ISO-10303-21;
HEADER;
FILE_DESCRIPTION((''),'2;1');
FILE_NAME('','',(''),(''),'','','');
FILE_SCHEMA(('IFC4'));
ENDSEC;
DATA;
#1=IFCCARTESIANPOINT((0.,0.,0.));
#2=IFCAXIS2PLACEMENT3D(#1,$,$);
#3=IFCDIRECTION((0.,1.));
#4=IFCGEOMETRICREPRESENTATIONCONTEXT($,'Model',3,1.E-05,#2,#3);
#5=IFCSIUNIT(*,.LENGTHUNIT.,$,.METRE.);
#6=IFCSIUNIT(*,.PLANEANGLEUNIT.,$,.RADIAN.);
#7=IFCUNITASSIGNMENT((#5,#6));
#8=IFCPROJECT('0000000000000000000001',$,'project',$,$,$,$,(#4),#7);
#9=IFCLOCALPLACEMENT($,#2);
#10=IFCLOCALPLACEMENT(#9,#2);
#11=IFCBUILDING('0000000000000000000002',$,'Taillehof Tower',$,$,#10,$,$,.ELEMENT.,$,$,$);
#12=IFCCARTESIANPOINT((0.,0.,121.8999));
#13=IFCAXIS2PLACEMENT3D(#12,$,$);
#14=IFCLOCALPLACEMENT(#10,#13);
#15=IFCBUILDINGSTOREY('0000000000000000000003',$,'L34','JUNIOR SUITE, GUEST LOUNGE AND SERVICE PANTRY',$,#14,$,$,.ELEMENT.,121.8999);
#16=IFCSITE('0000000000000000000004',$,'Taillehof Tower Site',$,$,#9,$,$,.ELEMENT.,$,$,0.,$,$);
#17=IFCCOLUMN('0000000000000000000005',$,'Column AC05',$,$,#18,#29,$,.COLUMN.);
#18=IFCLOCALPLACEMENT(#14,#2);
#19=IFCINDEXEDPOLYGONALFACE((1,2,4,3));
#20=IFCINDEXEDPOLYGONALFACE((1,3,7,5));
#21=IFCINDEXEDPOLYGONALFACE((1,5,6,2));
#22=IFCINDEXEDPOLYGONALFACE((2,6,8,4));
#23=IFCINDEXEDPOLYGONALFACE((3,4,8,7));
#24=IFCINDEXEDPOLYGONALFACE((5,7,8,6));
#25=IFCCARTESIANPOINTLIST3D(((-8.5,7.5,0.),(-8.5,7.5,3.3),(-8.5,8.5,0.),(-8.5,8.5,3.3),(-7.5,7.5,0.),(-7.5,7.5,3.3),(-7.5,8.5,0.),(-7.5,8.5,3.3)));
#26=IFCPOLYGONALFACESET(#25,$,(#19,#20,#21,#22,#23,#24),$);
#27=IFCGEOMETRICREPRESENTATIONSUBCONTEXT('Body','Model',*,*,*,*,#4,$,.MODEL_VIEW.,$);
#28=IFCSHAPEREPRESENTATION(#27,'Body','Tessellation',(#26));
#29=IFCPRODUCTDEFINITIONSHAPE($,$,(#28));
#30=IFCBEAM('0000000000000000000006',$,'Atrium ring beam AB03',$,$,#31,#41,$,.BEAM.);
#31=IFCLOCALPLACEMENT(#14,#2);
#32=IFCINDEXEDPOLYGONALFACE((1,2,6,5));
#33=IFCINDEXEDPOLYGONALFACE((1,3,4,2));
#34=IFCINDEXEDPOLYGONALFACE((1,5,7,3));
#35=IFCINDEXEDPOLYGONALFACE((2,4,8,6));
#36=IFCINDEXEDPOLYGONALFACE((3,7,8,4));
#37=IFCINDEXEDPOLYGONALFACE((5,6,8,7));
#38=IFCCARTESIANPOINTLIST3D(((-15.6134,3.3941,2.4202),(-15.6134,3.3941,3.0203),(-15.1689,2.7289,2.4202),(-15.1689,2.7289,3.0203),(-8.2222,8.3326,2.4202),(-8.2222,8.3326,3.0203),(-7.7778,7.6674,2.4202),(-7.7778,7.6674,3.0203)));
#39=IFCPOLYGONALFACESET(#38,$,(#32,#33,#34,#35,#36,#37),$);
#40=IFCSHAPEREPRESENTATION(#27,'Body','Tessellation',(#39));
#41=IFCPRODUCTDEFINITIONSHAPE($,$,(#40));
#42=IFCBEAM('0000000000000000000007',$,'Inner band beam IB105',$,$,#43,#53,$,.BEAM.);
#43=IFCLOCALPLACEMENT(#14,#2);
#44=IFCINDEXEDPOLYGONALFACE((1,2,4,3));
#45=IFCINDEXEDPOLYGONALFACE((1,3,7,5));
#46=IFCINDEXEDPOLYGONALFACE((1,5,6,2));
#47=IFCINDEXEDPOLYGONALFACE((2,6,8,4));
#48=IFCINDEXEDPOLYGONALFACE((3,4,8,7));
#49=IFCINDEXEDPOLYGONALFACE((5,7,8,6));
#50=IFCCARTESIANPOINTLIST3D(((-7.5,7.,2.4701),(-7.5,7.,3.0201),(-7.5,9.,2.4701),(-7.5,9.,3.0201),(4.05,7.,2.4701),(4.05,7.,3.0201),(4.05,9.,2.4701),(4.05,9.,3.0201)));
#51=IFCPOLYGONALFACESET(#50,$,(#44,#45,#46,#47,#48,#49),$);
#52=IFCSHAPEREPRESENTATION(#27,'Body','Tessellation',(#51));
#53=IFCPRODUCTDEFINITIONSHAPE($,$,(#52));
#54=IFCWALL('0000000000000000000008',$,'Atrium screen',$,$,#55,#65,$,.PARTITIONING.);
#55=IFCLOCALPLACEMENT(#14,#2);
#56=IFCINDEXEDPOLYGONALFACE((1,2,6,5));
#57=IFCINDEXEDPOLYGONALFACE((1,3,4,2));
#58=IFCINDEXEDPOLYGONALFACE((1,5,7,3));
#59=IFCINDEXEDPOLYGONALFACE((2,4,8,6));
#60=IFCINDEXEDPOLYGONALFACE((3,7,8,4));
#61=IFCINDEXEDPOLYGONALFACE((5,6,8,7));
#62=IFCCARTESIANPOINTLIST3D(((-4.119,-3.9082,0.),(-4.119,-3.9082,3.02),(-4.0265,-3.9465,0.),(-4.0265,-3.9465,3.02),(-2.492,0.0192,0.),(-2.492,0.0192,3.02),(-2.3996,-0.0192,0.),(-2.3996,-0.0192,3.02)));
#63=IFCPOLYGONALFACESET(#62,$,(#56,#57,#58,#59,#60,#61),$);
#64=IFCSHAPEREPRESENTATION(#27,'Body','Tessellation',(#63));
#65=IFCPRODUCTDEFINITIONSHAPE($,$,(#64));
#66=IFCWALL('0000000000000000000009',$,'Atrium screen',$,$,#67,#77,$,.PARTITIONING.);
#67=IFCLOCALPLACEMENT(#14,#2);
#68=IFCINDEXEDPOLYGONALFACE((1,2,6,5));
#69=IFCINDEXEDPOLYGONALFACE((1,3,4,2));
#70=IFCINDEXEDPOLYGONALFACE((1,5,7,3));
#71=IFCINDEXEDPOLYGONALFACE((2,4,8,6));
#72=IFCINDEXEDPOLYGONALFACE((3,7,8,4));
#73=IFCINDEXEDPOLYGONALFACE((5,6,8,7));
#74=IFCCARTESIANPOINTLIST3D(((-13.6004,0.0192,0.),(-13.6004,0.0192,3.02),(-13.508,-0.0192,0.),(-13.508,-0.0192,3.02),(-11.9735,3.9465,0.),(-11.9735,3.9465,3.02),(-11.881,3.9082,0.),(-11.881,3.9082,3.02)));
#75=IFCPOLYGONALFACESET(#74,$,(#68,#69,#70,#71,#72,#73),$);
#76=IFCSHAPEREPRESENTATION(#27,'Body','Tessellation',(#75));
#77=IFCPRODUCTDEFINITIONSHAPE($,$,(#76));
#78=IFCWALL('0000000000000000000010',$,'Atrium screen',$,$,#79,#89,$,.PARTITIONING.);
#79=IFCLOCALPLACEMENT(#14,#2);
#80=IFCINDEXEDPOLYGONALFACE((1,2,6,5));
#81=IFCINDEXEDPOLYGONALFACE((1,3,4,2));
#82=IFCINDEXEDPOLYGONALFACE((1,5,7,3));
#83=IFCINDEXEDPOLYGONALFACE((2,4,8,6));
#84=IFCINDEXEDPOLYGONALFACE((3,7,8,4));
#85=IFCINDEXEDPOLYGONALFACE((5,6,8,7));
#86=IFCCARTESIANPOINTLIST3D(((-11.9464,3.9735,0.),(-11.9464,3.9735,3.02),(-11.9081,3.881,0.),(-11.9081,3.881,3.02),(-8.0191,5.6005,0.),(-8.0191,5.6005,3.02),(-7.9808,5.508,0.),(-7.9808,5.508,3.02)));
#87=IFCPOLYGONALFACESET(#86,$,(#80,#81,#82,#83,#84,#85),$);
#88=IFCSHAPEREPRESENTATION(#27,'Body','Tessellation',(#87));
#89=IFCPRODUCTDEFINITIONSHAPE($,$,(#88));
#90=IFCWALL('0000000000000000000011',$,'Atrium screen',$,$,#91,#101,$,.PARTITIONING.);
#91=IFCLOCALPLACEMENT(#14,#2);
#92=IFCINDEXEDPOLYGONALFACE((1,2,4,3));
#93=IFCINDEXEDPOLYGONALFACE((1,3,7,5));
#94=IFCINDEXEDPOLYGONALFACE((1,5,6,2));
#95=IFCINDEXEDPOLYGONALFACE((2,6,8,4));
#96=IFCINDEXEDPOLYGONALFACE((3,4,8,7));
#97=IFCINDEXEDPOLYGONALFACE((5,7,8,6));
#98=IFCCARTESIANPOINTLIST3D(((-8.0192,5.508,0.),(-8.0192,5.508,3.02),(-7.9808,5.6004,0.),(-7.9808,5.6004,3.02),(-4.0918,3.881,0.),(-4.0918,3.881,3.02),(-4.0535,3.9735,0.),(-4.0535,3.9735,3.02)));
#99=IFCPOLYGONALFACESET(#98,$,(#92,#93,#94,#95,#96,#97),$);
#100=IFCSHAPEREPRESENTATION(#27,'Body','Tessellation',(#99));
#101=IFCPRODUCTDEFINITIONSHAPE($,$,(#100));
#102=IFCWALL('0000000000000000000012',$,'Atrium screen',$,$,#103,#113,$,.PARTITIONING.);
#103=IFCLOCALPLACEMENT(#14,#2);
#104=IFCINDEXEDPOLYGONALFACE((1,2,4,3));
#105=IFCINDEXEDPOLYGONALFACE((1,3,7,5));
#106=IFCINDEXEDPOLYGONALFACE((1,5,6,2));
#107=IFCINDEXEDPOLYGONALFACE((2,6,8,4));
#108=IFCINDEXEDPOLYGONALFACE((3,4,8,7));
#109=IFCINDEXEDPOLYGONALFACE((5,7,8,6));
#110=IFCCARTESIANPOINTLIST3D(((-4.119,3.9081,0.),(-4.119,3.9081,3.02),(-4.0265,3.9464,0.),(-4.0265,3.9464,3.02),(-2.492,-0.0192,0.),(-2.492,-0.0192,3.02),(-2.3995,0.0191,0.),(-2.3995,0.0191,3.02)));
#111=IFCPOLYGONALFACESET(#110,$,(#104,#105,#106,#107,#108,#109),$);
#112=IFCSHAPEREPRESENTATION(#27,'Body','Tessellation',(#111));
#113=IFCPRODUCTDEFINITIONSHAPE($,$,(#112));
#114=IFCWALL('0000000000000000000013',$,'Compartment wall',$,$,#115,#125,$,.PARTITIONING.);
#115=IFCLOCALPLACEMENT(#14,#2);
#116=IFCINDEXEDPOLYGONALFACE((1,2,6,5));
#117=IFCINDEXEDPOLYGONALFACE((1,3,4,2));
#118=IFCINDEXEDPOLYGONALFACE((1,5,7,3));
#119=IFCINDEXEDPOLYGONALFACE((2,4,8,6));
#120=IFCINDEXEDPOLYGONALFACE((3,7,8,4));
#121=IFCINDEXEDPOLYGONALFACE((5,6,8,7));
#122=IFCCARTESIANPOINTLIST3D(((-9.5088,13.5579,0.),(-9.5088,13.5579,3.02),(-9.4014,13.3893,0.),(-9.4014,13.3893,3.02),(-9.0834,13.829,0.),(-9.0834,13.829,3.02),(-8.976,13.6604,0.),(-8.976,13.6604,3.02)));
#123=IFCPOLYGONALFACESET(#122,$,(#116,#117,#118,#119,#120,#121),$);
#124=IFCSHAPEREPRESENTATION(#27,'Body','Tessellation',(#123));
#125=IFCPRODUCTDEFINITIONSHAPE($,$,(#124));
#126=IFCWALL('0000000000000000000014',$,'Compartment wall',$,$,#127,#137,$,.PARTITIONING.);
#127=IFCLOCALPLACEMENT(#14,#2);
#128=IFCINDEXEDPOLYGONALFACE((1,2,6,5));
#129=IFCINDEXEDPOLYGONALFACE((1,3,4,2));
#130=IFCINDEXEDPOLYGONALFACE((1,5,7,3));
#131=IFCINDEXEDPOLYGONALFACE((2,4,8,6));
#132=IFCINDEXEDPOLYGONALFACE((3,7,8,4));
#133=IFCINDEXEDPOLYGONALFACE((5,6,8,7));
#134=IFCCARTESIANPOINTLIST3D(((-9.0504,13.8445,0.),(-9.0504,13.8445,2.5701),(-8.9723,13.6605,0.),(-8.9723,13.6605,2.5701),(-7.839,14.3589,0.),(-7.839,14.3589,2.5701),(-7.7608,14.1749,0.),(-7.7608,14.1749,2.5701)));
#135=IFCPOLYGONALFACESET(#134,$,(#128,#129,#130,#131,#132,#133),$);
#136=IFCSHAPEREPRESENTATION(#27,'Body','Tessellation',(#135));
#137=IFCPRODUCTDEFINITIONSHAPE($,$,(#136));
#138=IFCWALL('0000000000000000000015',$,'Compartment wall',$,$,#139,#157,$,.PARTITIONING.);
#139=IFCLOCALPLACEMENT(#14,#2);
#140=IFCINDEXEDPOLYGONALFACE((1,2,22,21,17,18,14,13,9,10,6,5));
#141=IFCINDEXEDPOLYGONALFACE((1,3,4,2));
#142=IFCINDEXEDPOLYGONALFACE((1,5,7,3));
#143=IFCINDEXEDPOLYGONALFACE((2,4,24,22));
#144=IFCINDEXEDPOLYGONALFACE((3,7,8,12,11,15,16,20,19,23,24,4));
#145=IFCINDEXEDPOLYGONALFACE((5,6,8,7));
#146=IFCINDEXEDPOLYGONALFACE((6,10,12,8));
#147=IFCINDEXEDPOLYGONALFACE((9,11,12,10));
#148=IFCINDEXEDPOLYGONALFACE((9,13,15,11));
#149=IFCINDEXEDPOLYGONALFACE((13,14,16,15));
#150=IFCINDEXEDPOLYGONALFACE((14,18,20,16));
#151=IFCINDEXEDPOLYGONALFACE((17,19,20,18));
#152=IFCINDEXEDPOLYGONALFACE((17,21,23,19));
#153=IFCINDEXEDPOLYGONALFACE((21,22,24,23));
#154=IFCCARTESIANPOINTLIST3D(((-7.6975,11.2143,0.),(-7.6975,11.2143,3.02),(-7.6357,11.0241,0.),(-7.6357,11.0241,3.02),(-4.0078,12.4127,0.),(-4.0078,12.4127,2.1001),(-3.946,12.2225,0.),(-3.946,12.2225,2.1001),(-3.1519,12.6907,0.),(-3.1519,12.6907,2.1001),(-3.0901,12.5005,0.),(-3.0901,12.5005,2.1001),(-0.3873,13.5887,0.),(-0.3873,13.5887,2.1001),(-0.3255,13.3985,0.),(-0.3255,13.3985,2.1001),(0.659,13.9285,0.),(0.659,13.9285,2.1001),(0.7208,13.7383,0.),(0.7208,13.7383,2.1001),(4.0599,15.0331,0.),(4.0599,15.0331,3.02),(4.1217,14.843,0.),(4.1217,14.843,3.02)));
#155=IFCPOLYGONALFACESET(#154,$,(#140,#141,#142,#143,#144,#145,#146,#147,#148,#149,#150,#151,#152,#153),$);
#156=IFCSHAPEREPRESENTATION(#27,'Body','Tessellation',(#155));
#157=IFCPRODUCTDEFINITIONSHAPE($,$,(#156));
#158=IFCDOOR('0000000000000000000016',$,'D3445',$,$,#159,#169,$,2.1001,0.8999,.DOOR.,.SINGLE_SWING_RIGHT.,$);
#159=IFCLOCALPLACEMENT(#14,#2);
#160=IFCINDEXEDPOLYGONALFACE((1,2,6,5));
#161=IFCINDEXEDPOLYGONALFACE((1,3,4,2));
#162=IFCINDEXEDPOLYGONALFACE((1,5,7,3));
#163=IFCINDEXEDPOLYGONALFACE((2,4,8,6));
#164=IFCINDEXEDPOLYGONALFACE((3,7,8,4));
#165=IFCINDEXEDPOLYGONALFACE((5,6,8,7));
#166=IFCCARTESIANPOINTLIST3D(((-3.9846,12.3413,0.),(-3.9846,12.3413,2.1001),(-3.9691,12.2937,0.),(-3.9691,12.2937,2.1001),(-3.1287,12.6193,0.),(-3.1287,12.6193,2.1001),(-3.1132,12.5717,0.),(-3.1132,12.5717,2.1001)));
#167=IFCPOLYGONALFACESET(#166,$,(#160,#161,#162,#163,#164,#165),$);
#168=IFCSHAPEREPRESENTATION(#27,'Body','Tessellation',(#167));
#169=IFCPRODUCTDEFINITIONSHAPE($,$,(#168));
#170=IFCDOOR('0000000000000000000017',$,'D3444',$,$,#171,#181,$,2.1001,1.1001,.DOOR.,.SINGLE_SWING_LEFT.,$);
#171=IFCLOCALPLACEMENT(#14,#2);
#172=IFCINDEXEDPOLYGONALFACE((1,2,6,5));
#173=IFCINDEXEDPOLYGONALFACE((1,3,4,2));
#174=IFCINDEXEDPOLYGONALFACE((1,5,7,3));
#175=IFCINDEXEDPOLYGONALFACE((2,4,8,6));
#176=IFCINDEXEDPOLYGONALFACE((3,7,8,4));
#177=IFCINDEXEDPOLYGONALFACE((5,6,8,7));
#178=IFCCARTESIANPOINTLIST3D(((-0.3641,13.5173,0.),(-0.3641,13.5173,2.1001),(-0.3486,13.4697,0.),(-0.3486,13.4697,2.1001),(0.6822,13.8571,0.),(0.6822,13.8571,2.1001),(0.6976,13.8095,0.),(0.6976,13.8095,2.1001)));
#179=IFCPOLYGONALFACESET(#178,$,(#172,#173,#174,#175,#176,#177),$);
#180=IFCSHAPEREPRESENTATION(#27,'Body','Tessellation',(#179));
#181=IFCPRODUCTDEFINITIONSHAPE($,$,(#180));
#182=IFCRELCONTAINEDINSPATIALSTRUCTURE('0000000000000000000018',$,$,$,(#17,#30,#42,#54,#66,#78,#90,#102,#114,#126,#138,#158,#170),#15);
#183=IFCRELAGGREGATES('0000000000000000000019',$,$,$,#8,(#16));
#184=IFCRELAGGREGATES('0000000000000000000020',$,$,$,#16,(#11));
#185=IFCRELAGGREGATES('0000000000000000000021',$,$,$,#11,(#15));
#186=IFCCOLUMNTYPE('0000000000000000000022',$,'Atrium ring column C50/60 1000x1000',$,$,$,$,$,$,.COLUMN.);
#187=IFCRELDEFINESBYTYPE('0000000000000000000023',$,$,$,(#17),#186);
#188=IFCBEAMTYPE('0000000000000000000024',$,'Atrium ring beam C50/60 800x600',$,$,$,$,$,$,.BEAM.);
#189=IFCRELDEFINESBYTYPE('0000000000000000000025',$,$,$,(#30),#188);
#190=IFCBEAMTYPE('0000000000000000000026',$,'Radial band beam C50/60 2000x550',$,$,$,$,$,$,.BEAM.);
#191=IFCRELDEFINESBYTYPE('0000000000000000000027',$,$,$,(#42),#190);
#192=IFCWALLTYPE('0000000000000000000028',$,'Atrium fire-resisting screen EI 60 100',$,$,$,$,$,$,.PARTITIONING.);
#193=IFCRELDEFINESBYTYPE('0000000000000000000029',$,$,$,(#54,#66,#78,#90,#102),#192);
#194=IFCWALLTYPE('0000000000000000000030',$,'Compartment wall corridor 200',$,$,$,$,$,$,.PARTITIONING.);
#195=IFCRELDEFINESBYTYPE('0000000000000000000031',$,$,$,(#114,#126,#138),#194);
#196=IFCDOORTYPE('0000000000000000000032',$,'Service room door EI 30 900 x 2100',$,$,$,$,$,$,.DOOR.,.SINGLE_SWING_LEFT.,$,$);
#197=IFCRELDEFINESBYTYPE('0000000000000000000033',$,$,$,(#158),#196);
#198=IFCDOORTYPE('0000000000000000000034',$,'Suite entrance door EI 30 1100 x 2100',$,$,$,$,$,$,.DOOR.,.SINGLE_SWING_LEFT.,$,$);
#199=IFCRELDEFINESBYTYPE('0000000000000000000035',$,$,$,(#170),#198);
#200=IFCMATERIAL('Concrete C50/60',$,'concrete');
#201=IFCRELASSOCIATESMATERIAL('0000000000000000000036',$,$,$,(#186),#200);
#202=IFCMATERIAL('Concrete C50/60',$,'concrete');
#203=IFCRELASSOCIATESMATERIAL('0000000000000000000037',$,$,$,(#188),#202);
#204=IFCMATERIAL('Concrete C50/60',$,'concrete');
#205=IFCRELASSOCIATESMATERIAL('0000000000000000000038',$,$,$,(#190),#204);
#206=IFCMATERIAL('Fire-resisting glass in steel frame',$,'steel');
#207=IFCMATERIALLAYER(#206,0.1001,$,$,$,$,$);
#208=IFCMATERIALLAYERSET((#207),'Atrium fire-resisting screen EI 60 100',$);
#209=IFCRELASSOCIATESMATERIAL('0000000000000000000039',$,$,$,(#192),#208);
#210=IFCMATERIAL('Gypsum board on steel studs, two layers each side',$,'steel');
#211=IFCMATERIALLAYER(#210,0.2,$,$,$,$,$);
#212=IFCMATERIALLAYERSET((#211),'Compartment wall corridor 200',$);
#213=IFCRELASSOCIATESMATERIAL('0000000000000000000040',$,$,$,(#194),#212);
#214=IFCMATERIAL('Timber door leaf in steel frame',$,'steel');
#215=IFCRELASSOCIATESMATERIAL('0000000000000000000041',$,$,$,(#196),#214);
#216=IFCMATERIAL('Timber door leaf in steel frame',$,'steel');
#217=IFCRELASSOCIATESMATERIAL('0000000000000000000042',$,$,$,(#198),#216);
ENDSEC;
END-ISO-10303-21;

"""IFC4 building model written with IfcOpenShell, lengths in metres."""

from ifc_helpers import new_model, si_unit, direction, frame, frame_2d, origin, origin_2d, place, context, subcontext, project, spatial, rectangle, extrude, material, layer, layer_set, material_profile, profile_set, type_object, element, fill, save


model = new_model("IFC4")

# Units and contexts
model_context = context("Model", 3, precision=1e-05, world=origin(), true_north=direction((0.0, 1.0)))
body_context = subcontext(model_context, "Body", "Model", "MODEL_VIEW")
ifc_project = project(units=[si_unit("LENGTHUNIT", "METRE"), si_unit("PLANEANGLEUNIT", "RADIAN")], contexts=[model_context])

# Site, building, storey
site_placement = place(None, origin())
site = spatial("IfcSite", under=ifc_project, at=site_placement, Name="Taillehof Tower Site", CompositionType="ELEMENT", RefElevation=0.0)
building_placement = place(site_placement, origin())
building = spatial("IfcBuilding", under=site, at=building_placement, Name="Taillehof Tower", CompositionType="ELEMENT")
storey_placement = place(building_placement, frame((0.0, 0.0, 121.8999)))
storey = spatial("IfcBuildingStorey", under=building, at=storey_placement, Name="L34", Description="JUNIOR SUITE, GUEST LOUNGE AND SERVICE PANTRY", CompositionType="ELEMENT", Elevation=121.8999)

# Column
ifc_material_1 = material(Name="Concrete C50/60", Category="concrete")
ifc_material_profile_1 = material_profile(ifc_material_1, rectangle(XDim=1.0, YDim=1.0, at=origin_2d()), Name="RC 1000x1000")
ifc_profile_set_1 = profile_set([ifc_material_profile_1], Name="Concrete C50/60")
column_type = type_object("IfcColumnType", Name="Atrium ring column C50/60 1000x1000", PredefinedType="COLUMN", material=ifc_profile_set_1)
column_placement = place(storey_placement, frame((-8.0, 8.0, 0.0), z_axis=(0.0, 0.0, 1.0), x_axis=(1.0, 0.0, 0.0)))
element("IfcColumn", 1, at=column_placement, inside=storey, type_object=column_type, Name="Column AC05", PredefinedType="COLUMN", context=body_context, shape_type="SweptSolid", body=[
    extrude(rectangle(XDim=1.0, YDim=1.0, at=origin_2d()), origin(), (0.0, 0.0, 1.0), 3.3),
])

# Beams
ifc_material_2 = material(Name="Concrete C50/60", Category="concrete")
ifc_material_profile_2 = material_profile(ifc_material_2, rectangle(XDim=0.8, YDim=0.6001, at=origin_2d()), Name="RC 800x600")
ifc_profile_set_2 = profile_set([ifc_material_profile_2], Name="Concrete C50/60")
beam_type_1 = type_object("IfcBeamType", Name="Atrium ring beam C50/60 800x600", PredefinedType="BEAM", material=ifc_profile_set_2)
beam_1_placement = place(storey_placement, frame((-8.0, 8.0, 2.7202), z_axis=(-0.831475, -0.555562, 0.0), x_axis=(0.555562, -0.831475, 0.0)))
element("IfcBeam", 2, at=beam_1_placement, inside=storey, type_object=beam_type_1, Name="Atrium ring beam AB03", PredefinedType="BEAM", context=body_context, shape_type="SweptSolid", body=[
    extrude(rectangle(XDim=0.8, YDim=0.6001, at=origin_2d()), origin(), (0.0, 0.0, 1.0), 8.8892),
])
ifc_material_3 = material(Name="Concrete C50/60", Category="concrete")
ifc_material_profile_3 = material_profile(ifc_material_3, rectangle(XDim=2.0, YDim=0.55, at=origin_2d()), Name="RC 2000x550")
ifc_profile_set_3 = profile_set([ifc_material_profile_3], Name="Concrete C50/60")
beam_type_2 = type_object("IfcBeamType", Name="Radial band beam C50/60 2000x550", PredefinedType="BEAM", material=ifc_profile_set_3)
beam_2_placement = place(storey_placement, frame((-7.5, 8.0, 2.7451), z_axis=(1.0, 0.0, 0.0), x_axis=(0.0, 1.0, 0.0)))
element("IfcBeam", 3, at=beam_2_placement, inside=storey, type_object=beam_type_2, Name="Inner band beam IB105", PredefinedType="BEAM", context=body_context, shape_type="SweptSolid", body=[
    extrude(rectangle(XDim=2.0, YDim=0.55, at=origin_2d()), origin(), (0.0, 0.0, 1.0), 11.55),
])

# Walls
ifc_material_4 = material(Name="Fire-resisting glass in steel frame", Category="steel")
ifc_layer_1 = layer(ifc_material_4, 0.1001)
ifc_layer_set_1 = layer_set([ifc_layer_1], Name="Atrium fire-resisting screen EI 60 100")
wall_type_1 = type_object("IfcWallType", Name="Atrium fire-resisting screen EI 60 100", PredefinedType="PARTITIONING", material=ifc_layer_set_1)
for number, where, z_axis, x_axis, name in (
    (4, (-2.4458, 0.0, 0.0), (0.0, 0.0, 1.0), (-0.382731, -0.92386, 0.0), "Atrium screen"),
    (5, (-13.5542, 0.0, 0.0), (0.0, 0.0, 1.0), (0.382731, 0.92386, 0.0), "Atrium screen"),
    (6, (-11.9272, 3.9272, 0.0), (0.0, 0.0, 1.0), (0.92386, 0.382731, 0.0), "Atrium screen"),
    (7, (-8.0, 5.5542, 0.0), (0.0, 0.0, 1.0), (0.92386, -0.382731, 0.0), "Atrium screen"),
    (8, (-4.0728, 3.9272, 0.0), (0.0, 0.0, 1.0), (0.382731, -0.92386, 0.0), "Atrium screen"),
):
    element("IfcWall", number, at=place(storey_placement, frame(where, z_axis=z_axis, x_axis=x_axis)), inside=storey, type_object=wall_type_1, Name=name, PredefinedType="PARTITIONING", context=body_context, shape_type="SweptSolid", body=[
        extrude(rectangle(XDim=4.251, YDim=0.1001, at=frame_2d((2.1255, 0.0))), origin(), (0.0, 0.0, 1.0), 3.02),
    ])
ifc_material_5 = material(Name="Gypsum board on steel studs, two layers each side", Category="steel")
ifc_layer_2 = layer(ifc_material_5, 0.2)
ifc_layer_set_2 = layer_set([ifc_layer_2], Name="Compartment wall corridor 200")
wall_type_2 = type_object("IfcWallType", Name="Compartment wall corridor 200", PredefinedType="PARTITIONING", material=ifc_layer_set_2)
wall_1_placement = place(storey_placement, frame((-9.4551, 13.4736, 0.0), z_axis=(0.0, 0.0, 1.0), x_axis=(0.843342, 0.537377, 0.0)))
element("IfcWall", 9, at=wall_1_placement, inside=storey, type_object=wall_type_2, Name="Compartment wall", PredefinedType="PARTITIONING", context=body_context, shape_type="SweptSolid", body=[
    extrude(rectangle(XDim=0.5044, YDim=0.2, at=frame_2d((0.2522, 0.0))), origin(), (0.0, 0.0, 1.0), 3.02),
])
wall_2_placement = place(storey_placement, frame((-9.0115, 13.7524, 0.0), z_axis=(0.0, 0.0, 1.0), x_axis=(0.920454, 0.39085, 0.0)))
element("IfcWall", 10, at=wall_2_placement, inside=storey, type_object=wall_type_2, Name="Compartment wall", PredefinedType="PARTITIONING", context=body_context, shape_type="SweptSolid", body=[
    extrude(rectangle(XDim=1.3162, YDim=0.2, at=frame_2d((0.6582, 0.0))), origin(), (0.0, 0.0, 1.0), 2.5701),
])

# Wall, openings, doors
wall_3_placement = place(storey_placement, frame((-7.6667, 11.1191, 0.0), z_axis=(0.0, 0.0, 1.0), x_axis=(0.951088, 0.308919, 0.0)))
wall_3 = element("IfcWall", 11, at=wall_3_placement, inside=storey, type_object=wall_type_2, Name="Compartment wall", PredefinedType="PARTITIONING", context=body_context, shape_type="SweptSolid", body=[
    extrude(rectangle(XDim=12.3621, YDim=0.2, at=frame_2d((6.1812, 0.0))), origin(), (0.0, 0.0, 1.0), 3.02),
])
opening_1_placement = place(wall_3_placement, frame((7.6863, 0.0, 0.0)))
opening_1 = element("IfcOpeningElement", 12, at=opening_1_placement, cuts=wall_3, PredefinedType="OPENING", context=body_context, shape_type="SweptSolid", body=[
    extrude(rectangle(XDim=1.1001, YDim=2.1001, at=frame_2d((0.55, 1.05))), frame((0.0, 0.1099, 0.0), z_axis=(0.0, -1.0, 0.0), x_axis=(1.0, 0.0, 0.0)), (0.0, 0.0, 1.0), 0.22),
])
opening_2_placement = place(wall_3_placement, frame((3.8796, 0.0, 0.0)))
opening_2 = element("IfcOpeningElement", 13, at=opening_2_placement, cuts=wall_3, PredefinedType="OPENING", context=body_context, shape_type="SweptSolid", body=[
    extrude(rectangle(XDim=0.8999, YDim=2.1001, at=frame_2d((0.45, 1.05))), frame((0.0, 0.1099, 0.0), z_axis=(0.0, -1.0, 0.0), x_axis=(1.0, 0.0, 0.0)), (0.0, 0.0, 1.0), 0.22),
])
ifc_material_6 = material(Name="Timber door leaf in steel frame", Category="steel")
door_type_1 = type_object("IfcDoorType", Name="Service room door EI 30 900 x 2100", OperationType="SINGLE_SWING_LEFT", PredefinedType="DOOR", material=ifc_material_6)
door_1_placement = place(opening_2_placement, origin())
door_1 = element("IfcDoor", 14, at=door_1_placement, inside=storey, type_object=door_type_1, Name="D3445", OperationType="SINGLE_SWING_RIGHT", OverallHeight=2.1001, OverallWidth=0.8999, PredefinedType="DOOR", context=body_context, shape_type="SweptSolid", body=[
    extrude(rectangle(XDim=0.8999, YDim=2.1001, at=frame_2d((0.45, 1.05))), frame((0.0, 0.0249, 0.0), z_axis=(0.0, -1.0, 0.0), x_axis=(1.0, 0.0, 0.0)), (0.0, 0.0, 1.0), 0.05),
])
fill(opening_2, door_1)
ifc_material_7 = material(Name="Timber door leaf in steel frame", Category="steel")
door_type_2 = type_object("IfcDoorType", Name="Suite entrance door EI 30 1100 x 2100", OperationType="SINGLE_SWING_LEFT", PredefinedType="DOOR", material=ifc_material_7)
door_2_placement = place(opening_1_placement, origin())
door_2 = element("IfcDoor", 15, at=door_2_placement, inside=storey, type_object=door_type_2, Name="D3444", OperationType="SINGLE_SWING_LEFT", OverallHeight=2.1001, OverallWidth=1.1001, PredefinedType="DOOR", context=body_context, shape_type="SweptSolid", body=[
    extrude(rectangle(XDim=1.1001, YDim=2.1001, at=frame_2d((0.55, 1.05))), frame((0.0, 0.0249, 0.0), z_axis=(0.0, -1.0, 0.0), x_axis=(1.0, 0.0, 0.0)), (0.0, 0.0, 1.0), 0.05),
])
fill(opening_1, door_2)

save(model, "model.ifc")
